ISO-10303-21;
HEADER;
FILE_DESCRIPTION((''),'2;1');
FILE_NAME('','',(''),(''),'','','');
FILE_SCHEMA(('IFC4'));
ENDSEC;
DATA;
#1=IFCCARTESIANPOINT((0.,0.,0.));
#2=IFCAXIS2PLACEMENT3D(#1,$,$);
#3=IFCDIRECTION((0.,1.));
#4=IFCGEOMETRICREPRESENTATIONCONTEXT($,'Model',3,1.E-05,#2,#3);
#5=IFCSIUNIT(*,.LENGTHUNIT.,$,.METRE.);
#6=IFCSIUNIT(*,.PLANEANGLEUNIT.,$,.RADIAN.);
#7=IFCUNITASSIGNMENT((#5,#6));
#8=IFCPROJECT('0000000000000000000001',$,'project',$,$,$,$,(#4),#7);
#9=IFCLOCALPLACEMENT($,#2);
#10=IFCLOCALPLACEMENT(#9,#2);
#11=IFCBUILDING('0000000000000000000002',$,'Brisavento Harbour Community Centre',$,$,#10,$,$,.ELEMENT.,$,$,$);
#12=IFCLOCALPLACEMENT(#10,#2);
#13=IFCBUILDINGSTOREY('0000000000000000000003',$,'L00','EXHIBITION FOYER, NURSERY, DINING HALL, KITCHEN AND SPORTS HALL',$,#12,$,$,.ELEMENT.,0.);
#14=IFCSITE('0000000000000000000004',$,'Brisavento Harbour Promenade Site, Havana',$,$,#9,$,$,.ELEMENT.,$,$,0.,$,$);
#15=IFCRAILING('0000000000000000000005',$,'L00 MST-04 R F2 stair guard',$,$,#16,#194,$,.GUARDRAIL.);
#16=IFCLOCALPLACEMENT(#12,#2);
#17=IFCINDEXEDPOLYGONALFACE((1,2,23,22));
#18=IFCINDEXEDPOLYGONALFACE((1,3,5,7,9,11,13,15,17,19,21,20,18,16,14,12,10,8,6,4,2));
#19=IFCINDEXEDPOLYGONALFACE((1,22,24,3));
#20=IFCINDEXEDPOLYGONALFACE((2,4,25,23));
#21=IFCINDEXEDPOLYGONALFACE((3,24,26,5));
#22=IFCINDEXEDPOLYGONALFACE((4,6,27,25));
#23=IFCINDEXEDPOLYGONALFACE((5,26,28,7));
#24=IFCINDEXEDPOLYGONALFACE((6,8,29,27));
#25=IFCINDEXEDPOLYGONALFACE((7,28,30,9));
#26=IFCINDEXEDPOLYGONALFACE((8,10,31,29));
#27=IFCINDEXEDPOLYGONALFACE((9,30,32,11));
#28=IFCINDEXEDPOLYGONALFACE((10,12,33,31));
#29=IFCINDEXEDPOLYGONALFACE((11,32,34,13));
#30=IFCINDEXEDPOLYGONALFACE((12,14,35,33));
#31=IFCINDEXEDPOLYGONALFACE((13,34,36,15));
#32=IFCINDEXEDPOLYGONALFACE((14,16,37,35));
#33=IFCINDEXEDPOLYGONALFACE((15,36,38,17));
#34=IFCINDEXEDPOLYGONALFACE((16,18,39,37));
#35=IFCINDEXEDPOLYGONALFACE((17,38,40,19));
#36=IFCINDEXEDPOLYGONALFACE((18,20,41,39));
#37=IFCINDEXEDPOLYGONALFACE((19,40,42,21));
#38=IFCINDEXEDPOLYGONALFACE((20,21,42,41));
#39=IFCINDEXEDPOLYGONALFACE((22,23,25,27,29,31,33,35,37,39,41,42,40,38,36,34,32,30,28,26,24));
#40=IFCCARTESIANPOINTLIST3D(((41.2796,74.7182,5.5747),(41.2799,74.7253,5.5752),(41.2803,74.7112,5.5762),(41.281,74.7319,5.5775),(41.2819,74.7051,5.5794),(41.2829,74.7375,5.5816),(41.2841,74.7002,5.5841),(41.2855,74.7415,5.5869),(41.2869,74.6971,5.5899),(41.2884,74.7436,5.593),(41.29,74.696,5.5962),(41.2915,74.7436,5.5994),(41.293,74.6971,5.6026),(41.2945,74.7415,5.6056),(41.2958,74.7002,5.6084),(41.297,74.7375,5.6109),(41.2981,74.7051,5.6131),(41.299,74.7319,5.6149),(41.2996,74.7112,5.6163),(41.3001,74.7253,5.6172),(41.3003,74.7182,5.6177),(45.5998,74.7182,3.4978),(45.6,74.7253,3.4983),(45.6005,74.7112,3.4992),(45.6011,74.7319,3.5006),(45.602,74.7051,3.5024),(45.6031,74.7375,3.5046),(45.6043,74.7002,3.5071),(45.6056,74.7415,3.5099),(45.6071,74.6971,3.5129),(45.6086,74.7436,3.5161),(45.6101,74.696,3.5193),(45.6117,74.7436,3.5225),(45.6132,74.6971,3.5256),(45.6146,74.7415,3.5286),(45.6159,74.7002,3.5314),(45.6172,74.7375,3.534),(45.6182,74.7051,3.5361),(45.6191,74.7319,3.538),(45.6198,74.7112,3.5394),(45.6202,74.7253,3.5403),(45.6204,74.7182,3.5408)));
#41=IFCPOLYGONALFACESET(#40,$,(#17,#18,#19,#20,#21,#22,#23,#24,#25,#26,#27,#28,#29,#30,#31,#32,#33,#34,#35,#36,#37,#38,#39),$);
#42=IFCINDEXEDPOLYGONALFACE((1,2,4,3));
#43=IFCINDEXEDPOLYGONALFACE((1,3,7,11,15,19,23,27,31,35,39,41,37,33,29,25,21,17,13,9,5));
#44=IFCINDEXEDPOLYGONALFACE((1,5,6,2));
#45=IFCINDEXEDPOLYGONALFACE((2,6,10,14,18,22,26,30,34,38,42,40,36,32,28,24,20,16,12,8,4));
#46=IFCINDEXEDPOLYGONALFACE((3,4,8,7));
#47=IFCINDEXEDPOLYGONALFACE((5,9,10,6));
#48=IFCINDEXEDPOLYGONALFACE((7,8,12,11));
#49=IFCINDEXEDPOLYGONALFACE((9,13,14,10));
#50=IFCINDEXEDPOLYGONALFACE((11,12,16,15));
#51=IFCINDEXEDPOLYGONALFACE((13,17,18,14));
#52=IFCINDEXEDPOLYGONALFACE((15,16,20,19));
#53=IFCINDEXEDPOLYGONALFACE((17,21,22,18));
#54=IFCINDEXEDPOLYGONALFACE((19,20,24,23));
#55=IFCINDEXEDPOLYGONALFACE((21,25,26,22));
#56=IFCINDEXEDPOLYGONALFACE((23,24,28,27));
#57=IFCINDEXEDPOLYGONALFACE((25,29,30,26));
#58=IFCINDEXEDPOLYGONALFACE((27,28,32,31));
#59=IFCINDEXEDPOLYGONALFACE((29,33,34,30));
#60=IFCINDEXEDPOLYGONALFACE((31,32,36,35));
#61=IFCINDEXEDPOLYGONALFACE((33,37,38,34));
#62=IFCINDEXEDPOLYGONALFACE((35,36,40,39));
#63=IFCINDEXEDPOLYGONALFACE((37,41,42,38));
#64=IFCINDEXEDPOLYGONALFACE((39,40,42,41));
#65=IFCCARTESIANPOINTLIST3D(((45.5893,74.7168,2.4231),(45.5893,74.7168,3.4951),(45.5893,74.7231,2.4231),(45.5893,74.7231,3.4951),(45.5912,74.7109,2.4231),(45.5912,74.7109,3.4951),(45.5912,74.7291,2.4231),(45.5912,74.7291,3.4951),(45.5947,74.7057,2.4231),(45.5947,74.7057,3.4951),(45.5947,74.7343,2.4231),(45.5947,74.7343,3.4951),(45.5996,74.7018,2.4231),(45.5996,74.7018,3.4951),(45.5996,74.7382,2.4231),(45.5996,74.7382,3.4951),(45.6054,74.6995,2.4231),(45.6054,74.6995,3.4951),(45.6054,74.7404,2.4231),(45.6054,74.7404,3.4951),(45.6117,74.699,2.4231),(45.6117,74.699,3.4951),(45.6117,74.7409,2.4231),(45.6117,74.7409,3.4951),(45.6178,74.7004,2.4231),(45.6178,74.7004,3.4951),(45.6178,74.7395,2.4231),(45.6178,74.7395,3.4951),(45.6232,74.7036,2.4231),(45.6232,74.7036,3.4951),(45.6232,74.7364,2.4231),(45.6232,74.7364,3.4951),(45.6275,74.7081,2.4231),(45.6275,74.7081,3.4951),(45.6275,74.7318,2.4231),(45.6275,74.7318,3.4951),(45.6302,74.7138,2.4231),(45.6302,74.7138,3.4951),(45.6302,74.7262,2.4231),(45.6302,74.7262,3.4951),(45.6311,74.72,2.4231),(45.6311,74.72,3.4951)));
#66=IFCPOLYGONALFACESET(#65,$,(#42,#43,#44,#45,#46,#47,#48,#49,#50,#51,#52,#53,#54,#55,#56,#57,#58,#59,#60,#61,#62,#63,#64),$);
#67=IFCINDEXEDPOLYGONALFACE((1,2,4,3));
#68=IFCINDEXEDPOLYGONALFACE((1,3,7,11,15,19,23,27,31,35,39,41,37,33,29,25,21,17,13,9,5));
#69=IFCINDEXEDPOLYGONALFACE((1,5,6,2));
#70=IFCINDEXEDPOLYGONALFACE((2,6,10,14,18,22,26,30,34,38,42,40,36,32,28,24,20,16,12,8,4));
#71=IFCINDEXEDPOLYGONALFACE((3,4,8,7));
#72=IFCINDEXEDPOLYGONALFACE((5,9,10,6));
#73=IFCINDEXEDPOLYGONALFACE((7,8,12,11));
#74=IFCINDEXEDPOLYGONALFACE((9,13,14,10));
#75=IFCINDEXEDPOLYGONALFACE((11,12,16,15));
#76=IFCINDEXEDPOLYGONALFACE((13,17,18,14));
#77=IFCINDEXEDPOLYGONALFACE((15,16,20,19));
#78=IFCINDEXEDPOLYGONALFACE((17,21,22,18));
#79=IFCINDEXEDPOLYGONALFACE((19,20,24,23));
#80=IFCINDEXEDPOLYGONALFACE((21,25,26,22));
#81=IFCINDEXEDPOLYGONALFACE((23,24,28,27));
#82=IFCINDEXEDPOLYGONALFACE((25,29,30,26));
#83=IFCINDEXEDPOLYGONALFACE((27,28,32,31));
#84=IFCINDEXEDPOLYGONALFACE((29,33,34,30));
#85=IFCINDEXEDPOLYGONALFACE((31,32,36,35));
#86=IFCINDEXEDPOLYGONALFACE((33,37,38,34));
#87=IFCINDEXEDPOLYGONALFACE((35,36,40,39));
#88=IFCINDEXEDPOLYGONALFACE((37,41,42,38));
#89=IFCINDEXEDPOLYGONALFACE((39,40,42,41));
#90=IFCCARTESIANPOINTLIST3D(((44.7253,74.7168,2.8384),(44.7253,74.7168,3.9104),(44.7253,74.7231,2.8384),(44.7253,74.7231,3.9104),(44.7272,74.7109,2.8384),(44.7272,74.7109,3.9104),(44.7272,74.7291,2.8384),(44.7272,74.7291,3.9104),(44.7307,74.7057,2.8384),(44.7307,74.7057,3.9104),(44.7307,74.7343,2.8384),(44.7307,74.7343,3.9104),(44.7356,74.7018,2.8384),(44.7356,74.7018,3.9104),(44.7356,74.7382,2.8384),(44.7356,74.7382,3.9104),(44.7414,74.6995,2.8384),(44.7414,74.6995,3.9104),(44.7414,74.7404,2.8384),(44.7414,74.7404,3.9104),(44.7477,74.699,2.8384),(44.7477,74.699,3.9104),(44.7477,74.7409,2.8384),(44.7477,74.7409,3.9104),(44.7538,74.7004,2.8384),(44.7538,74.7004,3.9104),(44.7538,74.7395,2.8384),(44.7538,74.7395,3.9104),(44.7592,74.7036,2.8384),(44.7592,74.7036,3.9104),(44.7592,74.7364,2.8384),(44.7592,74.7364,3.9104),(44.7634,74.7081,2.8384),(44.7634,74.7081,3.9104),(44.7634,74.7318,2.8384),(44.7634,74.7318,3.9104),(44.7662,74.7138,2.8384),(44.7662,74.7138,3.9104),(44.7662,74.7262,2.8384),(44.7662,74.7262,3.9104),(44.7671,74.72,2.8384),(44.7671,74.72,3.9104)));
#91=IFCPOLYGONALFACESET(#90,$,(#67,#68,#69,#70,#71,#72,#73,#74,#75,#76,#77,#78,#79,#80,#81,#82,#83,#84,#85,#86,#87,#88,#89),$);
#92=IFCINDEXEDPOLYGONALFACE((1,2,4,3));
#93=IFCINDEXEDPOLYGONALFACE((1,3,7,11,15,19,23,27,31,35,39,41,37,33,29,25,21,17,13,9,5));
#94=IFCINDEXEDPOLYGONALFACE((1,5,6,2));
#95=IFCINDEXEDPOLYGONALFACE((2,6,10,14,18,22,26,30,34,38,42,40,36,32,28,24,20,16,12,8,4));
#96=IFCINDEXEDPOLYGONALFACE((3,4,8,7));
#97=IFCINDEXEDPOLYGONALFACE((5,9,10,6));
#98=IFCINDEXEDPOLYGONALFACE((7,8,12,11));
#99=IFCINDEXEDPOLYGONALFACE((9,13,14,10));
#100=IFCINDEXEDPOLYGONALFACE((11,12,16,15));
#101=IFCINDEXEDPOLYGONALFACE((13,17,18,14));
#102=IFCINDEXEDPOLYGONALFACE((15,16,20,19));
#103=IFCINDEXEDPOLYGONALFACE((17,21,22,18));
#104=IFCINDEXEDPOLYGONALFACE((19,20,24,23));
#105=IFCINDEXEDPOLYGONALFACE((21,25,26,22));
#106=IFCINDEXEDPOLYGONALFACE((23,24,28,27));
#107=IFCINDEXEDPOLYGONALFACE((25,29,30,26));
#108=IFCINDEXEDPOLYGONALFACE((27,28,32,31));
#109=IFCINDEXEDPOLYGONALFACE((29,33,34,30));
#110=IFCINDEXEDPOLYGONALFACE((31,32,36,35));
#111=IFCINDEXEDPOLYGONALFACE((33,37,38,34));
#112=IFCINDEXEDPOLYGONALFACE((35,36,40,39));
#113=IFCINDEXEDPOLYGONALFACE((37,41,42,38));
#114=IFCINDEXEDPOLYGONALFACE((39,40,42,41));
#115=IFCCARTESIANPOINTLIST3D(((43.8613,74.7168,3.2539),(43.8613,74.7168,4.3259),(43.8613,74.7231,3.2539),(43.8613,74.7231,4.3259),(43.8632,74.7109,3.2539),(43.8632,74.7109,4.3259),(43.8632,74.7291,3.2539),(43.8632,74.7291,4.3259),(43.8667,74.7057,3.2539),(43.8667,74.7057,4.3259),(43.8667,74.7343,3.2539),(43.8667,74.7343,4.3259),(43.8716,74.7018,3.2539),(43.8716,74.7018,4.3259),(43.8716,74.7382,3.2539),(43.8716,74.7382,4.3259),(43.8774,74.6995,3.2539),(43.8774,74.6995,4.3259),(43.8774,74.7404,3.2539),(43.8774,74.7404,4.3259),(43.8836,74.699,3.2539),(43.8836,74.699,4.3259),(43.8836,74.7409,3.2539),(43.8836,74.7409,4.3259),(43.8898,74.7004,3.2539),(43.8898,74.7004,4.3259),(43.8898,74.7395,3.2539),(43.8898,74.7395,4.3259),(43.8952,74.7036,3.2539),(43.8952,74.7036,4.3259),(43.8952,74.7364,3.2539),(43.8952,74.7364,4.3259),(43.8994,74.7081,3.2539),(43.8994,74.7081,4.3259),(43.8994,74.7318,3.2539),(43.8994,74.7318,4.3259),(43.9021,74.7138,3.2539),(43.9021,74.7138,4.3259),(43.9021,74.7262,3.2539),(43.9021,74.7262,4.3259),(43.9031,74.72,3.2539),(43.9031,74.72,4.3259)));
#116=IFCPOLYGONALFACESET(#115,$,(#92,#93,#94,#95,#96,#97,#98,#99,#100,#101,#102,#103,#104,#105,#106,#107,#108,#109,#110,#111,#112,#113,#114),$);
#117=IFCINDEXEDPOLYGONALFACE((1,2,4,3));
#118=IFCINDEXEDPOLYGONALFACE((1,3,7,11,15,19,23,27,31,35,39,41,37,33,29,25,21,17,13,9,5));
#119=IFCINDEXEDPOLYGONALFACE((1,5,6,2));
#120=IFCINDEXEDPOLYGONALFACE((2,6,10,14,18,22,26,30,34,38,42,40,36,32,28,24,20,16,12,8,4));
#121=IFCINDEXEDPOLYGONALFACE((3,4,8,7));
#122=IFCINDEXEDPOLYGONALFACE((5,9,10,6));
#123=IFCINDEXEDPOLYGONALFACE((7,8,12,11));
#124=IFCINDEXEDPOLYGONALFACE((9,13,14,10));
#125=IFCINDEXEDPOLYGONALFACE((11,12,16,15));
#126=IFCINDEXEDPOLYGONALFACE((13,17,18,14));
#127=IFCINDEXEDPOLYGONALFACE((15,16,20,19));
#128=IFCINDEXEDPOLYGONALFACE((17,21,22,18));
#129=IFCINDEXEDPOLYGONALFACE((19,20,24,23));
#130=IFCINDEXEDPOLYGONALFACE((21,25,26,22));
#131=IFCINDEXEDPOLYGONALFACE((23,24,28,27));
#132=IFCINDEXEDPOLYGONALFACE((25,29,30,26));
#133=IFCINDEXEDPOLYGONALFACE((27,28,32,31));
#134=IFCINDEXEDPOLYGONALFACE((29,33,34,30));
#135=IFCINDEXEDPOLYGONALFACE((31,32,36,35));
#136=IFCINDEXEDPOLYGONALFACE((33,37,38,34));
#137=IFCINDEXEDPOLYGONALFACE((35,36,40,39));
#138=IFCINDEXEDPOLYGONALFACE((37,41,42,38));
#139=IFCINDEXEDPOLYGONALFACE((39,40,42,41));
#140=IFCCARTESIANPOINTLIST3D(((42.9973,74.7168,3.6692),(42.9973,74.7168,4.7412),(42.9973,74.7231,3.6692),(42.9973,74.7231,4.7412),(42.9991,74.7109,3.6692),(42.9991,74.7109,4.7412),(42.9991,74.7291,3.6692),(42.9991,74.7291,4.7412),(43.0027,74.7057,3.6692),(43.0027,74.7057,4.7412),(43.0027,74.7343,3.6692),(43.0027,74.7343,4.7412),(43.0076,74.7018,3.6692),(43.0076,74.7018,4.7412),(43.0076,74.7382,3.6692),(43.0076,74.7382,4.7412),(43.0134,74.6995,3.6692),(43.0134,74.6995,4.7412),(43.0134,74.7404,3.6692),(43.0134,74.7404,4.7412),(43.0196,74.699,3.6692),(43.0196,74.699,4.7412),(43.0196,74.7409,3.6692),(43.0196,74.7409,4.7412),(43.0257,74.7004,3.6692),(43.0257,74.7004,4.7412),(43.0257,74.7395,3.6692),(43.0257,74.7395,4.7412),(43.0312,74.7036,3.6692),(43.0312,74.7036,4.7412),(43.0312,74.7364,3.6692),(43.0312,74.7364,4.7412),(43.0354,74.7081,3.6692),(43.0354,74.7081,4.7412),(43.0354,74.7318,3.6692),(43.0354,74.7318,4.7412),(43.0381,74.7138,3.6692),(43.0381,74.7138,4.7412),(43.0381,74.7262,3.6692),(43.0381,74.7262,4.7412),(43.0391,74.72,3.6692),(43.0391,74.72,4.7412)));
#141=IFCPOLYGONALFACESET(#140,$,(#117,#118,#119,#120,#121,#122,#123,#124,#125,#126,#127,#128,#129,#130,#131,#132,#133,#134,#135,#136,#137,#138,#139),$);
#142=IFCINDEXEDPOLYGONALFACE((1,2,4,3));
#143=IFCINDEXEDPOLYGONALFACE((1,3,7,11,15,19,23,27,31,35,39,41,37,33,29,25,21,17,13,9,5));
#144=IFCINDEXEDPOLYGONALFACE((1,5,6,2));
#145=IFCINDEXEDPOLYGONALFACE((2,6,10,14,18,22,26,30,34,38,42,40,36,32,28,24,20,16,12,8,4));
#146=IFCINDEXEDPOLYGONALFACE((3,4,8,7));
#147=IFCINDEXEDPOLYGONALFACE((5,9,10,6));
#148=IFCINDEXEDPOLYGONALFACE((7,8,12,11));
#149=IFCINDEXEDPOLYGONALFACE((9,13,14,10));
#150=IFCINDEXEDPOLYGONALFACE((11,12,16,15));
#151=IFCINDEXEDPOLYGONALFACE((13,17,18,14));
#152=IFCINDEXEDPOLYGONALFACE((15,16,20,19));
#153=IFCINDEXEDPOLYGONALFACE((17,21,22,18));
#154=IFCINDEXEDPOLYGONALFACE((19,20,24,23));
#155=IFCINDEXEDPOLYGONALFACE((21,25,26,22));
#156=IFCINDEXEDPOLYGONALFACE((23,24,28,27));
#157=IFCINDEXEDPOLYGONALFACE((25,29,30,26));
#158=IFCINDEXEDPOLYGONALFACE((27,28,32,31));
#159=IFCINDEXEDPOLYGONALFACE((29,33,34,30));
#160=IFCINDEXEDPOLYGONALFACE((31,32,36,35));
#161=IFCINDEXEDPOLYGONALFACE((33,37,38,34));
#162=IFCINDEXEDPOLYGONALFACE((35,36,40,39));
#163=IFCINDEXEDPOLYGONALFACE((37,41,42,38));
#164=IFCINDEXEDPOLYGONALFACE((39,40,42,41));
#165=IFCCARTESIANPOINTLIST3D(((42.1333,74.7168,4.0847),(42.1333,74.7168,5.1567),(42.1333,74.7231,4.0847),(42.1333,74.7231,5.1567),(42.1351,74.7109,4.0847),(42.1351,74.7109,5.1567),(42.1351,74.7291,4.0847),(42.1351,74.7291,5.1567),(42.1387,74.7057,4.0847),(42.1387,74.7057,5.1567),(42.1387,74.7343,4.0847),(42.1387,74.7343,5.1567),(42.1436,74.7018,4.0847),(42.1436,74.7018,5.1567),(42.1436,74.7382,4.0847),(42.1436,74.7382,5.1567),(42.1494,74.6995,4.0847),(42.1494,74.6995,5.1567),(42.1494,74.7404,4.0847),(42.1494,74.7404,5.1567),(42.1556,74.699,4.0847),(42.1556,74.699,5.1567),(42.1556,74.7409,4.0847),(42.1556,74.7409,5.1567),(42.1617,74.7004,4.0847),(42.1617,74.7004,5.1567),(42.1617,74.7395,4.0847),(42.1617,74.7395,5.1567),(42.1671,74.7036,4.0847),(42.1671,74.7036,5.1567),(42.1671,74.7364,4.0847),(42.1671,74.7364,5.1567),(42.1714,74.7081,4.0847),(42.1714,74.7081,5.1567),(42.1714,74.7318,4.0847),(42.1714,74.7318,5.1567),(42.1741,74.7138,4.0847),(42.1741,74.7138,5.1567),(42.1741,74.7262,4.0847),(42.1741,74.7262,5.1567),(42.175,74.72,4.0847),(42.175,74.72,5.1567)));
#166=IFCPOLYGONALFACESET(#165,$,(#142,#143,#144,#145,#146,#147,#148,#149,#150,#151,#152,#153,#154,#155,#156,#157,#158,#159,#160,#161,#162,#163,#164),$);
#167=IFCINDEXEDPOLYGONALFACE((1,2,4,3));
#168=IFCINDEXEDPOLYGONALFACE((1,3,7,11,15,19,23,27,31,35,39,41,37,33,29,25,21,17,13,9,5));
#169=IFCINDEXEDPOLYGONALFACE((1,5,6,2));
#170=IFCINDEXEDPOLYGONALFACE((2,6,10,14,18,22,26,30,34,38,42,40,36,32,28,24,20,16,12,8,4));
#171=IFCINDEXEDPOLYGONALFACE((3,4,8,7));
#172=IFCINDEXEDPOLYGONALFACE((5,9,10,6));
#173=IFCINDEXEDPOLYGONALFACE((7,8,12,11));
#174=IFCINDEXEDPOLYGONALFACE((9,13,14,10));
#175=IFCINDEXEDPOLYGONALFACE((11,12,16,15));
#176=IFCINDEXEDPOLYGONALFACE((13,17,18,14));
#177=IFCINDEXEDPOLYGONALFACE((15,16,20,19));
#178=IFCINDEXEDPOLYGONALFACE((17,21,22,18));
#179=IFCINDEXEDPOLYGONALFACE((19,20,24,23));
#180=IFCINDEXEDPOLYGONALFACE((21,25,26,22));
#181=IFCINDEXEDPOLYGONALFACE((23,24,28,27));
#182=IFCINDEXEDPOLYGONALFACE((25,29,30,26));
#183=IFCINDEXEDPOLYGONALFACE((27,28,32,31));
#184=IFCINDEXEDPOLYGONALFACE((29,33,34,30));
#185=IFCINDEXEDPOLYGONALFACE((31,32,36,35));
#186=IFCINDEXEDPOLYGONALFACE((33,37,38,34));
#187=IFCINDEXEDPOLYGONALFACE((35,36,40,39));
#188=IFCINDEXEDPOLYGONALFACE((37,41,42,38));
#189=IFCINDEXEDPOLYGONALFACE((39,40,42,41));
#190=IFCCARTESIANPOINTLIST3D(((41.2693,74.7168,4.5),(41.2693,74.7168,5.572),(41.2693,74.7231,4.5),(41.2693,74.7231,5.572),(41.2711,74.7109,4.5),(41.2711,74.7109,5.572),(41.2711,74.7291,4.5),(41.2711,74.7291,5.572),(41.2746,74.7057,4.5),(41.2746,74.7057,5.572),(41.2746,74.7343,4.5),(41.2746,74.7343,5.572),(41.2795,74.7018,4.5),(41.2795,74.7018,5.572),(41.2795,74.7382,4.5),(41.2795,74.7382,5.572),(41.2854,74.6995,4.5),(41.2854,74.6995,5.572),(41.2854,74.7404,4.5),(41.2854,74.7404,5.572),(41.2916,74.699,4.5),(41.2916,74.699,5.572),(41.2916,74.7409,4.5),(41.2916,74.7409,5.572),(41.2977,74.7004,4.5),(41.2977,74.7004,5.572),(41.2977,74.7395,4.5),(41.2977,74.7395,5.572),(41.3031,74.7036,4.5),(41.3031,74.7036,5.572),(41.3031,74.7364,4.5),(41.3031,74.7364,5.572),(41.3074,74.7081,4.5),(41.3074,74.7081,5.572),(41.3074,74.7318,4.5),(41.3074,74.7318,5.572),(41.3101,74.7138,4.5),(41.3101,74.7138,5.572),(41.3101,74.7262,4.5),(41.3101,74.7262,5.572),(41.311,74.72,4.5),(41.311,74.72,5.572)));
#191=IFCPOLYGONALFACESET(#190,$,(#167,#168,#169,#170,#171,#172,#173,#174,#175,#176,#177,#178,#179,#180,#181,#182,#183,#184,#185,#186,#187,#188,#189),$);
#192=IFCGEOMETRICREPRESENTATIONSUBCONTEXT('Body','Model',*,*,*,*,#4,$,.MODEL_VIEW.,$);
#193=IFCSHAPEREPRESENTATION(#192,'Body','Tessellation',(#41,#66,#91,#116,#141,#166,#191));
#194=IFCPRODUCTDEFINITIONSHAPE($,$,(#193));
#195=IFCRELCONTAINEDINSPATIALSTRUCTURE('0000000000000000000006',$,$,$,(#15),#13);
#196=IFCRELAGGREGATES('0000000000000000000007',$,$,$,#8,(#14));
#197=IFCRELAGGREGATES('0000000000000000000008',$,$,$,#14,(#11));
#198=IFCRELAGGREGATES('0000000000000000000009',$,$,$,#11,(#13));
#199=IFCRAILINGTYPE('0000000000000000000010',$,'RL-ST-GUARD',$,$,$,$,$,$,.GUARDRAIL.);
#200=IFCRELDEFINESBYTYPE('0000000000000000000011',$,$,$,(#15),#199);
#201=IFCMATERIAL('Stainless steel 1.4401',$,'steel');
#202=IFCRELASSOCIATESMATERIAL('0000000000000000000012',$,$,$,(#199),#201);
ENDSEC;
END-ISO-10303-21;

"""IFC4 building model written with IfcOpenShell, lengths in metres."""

from ifc_helpers import new_model, si_unit, direction, frame, origin, origin_2d, place, context, subcontext, project, spatial, circle, extrude, material, type_object, element, save


model = new_model("IFC4")

# Units and contexts
model_context = context("Model", 3, precision=1e-05, world=origin(), true_north=direction((0.0, 1.0)))
body_context = subcontext(model_context, "Body", "Model", "MODEL_VIEW")
ifc_project = project(units=[si_unit("LENGTHUNIT", "METRE"), si_unit("PLANEANGLEUNIT", "RADIAN")], contexts=[model_context])

# Site, building, storey
site_placement = place(None, origin())
site = spatial("IfcSite", under=ifc_project, at=site_placement, Name="Brisavento Harbour Promenade Site, Havana", CompositionType="ELEMENT", RefElevation=0.0)
building_placement = place(site_placement, origin())
building = spatial("IfcBuilding", under=site, at=building_placement, Name="Brisavento Harbour Community Centre", CompositionType="ELEMENT")
storey_placement = place(building_placement, origin())
storey = spatial("IfcBuildingStorey", under=building, at=storey_placement, Name="L00", Description="EXHIBITION FOYER, NURSERY, DINING HALL, KITCHEN AND SPORTS HALL", CompositionType="ELEMENT", Elevation=0.0)

# Railing
ifc_material_1 = material(Name="Stainless steel 1.4401", Category="steel")
railing_type = type_object("IfcRailingType", Name="RL-ST-GUARD", PredefinedType="GUARDRAIL", material=ifc_material_1)
railing_1_placement = place(storey_placement, frame((45.6101, 74.72, 2.4231)))
element("IfcRailing", 1, at=railing_1_placement, inside=storey, type_object=railing_type, Name="L00 MST-04 R F2 stair guard", PredefinedType="GUARDRAIL", context=body_context, shape_type="SweptSolid", body=[
    extrude(circle(Radius=0.0239, at=origin_2d()), frame((0.0, 0.0, 1.0962), z_axis=(-0.901257, 0.0, 0.433286), x_axis=(0.0, -1.0, 0.0)), (0.0, 0.0, 1.0), 4.7935),
    extrude(circle(Radius=0.021, at=origin_2d()), origin(), (0.0, 0.0, 1.0), 1.072),
    extrude(circle(Radius=0.021, at=origin_2d()), frame((-0.864, 0.0, 0.4153)), (0.0, 0.0, 1.0), 1.072),
    extrude(circle(Radius=0.021, at=origin_2d()), frame((-1.728, 0.0, 0.8308)), (0.0, 0.0, 1.0), 1.072),
    extrude(circle(Radius=0.021, at=origin_2d()), frame((-2.592, 0.0, 1.2461)), (0.0, 0.0, 1.0), 1.072),
    extrude(circle(Radius=0.021, at=origin_2d()), frame((-3.4561, 0.0, 1.6616)), (0.0, 0.0, 1.0), 1.072),
    extrude(circle(Radius=0.021, at=origin_2d()), frame((-4.3201, 0.0, 2.0769)), (0.0, 0.0, 1.0), 1.072),
])

save(model, "model.ifc")
